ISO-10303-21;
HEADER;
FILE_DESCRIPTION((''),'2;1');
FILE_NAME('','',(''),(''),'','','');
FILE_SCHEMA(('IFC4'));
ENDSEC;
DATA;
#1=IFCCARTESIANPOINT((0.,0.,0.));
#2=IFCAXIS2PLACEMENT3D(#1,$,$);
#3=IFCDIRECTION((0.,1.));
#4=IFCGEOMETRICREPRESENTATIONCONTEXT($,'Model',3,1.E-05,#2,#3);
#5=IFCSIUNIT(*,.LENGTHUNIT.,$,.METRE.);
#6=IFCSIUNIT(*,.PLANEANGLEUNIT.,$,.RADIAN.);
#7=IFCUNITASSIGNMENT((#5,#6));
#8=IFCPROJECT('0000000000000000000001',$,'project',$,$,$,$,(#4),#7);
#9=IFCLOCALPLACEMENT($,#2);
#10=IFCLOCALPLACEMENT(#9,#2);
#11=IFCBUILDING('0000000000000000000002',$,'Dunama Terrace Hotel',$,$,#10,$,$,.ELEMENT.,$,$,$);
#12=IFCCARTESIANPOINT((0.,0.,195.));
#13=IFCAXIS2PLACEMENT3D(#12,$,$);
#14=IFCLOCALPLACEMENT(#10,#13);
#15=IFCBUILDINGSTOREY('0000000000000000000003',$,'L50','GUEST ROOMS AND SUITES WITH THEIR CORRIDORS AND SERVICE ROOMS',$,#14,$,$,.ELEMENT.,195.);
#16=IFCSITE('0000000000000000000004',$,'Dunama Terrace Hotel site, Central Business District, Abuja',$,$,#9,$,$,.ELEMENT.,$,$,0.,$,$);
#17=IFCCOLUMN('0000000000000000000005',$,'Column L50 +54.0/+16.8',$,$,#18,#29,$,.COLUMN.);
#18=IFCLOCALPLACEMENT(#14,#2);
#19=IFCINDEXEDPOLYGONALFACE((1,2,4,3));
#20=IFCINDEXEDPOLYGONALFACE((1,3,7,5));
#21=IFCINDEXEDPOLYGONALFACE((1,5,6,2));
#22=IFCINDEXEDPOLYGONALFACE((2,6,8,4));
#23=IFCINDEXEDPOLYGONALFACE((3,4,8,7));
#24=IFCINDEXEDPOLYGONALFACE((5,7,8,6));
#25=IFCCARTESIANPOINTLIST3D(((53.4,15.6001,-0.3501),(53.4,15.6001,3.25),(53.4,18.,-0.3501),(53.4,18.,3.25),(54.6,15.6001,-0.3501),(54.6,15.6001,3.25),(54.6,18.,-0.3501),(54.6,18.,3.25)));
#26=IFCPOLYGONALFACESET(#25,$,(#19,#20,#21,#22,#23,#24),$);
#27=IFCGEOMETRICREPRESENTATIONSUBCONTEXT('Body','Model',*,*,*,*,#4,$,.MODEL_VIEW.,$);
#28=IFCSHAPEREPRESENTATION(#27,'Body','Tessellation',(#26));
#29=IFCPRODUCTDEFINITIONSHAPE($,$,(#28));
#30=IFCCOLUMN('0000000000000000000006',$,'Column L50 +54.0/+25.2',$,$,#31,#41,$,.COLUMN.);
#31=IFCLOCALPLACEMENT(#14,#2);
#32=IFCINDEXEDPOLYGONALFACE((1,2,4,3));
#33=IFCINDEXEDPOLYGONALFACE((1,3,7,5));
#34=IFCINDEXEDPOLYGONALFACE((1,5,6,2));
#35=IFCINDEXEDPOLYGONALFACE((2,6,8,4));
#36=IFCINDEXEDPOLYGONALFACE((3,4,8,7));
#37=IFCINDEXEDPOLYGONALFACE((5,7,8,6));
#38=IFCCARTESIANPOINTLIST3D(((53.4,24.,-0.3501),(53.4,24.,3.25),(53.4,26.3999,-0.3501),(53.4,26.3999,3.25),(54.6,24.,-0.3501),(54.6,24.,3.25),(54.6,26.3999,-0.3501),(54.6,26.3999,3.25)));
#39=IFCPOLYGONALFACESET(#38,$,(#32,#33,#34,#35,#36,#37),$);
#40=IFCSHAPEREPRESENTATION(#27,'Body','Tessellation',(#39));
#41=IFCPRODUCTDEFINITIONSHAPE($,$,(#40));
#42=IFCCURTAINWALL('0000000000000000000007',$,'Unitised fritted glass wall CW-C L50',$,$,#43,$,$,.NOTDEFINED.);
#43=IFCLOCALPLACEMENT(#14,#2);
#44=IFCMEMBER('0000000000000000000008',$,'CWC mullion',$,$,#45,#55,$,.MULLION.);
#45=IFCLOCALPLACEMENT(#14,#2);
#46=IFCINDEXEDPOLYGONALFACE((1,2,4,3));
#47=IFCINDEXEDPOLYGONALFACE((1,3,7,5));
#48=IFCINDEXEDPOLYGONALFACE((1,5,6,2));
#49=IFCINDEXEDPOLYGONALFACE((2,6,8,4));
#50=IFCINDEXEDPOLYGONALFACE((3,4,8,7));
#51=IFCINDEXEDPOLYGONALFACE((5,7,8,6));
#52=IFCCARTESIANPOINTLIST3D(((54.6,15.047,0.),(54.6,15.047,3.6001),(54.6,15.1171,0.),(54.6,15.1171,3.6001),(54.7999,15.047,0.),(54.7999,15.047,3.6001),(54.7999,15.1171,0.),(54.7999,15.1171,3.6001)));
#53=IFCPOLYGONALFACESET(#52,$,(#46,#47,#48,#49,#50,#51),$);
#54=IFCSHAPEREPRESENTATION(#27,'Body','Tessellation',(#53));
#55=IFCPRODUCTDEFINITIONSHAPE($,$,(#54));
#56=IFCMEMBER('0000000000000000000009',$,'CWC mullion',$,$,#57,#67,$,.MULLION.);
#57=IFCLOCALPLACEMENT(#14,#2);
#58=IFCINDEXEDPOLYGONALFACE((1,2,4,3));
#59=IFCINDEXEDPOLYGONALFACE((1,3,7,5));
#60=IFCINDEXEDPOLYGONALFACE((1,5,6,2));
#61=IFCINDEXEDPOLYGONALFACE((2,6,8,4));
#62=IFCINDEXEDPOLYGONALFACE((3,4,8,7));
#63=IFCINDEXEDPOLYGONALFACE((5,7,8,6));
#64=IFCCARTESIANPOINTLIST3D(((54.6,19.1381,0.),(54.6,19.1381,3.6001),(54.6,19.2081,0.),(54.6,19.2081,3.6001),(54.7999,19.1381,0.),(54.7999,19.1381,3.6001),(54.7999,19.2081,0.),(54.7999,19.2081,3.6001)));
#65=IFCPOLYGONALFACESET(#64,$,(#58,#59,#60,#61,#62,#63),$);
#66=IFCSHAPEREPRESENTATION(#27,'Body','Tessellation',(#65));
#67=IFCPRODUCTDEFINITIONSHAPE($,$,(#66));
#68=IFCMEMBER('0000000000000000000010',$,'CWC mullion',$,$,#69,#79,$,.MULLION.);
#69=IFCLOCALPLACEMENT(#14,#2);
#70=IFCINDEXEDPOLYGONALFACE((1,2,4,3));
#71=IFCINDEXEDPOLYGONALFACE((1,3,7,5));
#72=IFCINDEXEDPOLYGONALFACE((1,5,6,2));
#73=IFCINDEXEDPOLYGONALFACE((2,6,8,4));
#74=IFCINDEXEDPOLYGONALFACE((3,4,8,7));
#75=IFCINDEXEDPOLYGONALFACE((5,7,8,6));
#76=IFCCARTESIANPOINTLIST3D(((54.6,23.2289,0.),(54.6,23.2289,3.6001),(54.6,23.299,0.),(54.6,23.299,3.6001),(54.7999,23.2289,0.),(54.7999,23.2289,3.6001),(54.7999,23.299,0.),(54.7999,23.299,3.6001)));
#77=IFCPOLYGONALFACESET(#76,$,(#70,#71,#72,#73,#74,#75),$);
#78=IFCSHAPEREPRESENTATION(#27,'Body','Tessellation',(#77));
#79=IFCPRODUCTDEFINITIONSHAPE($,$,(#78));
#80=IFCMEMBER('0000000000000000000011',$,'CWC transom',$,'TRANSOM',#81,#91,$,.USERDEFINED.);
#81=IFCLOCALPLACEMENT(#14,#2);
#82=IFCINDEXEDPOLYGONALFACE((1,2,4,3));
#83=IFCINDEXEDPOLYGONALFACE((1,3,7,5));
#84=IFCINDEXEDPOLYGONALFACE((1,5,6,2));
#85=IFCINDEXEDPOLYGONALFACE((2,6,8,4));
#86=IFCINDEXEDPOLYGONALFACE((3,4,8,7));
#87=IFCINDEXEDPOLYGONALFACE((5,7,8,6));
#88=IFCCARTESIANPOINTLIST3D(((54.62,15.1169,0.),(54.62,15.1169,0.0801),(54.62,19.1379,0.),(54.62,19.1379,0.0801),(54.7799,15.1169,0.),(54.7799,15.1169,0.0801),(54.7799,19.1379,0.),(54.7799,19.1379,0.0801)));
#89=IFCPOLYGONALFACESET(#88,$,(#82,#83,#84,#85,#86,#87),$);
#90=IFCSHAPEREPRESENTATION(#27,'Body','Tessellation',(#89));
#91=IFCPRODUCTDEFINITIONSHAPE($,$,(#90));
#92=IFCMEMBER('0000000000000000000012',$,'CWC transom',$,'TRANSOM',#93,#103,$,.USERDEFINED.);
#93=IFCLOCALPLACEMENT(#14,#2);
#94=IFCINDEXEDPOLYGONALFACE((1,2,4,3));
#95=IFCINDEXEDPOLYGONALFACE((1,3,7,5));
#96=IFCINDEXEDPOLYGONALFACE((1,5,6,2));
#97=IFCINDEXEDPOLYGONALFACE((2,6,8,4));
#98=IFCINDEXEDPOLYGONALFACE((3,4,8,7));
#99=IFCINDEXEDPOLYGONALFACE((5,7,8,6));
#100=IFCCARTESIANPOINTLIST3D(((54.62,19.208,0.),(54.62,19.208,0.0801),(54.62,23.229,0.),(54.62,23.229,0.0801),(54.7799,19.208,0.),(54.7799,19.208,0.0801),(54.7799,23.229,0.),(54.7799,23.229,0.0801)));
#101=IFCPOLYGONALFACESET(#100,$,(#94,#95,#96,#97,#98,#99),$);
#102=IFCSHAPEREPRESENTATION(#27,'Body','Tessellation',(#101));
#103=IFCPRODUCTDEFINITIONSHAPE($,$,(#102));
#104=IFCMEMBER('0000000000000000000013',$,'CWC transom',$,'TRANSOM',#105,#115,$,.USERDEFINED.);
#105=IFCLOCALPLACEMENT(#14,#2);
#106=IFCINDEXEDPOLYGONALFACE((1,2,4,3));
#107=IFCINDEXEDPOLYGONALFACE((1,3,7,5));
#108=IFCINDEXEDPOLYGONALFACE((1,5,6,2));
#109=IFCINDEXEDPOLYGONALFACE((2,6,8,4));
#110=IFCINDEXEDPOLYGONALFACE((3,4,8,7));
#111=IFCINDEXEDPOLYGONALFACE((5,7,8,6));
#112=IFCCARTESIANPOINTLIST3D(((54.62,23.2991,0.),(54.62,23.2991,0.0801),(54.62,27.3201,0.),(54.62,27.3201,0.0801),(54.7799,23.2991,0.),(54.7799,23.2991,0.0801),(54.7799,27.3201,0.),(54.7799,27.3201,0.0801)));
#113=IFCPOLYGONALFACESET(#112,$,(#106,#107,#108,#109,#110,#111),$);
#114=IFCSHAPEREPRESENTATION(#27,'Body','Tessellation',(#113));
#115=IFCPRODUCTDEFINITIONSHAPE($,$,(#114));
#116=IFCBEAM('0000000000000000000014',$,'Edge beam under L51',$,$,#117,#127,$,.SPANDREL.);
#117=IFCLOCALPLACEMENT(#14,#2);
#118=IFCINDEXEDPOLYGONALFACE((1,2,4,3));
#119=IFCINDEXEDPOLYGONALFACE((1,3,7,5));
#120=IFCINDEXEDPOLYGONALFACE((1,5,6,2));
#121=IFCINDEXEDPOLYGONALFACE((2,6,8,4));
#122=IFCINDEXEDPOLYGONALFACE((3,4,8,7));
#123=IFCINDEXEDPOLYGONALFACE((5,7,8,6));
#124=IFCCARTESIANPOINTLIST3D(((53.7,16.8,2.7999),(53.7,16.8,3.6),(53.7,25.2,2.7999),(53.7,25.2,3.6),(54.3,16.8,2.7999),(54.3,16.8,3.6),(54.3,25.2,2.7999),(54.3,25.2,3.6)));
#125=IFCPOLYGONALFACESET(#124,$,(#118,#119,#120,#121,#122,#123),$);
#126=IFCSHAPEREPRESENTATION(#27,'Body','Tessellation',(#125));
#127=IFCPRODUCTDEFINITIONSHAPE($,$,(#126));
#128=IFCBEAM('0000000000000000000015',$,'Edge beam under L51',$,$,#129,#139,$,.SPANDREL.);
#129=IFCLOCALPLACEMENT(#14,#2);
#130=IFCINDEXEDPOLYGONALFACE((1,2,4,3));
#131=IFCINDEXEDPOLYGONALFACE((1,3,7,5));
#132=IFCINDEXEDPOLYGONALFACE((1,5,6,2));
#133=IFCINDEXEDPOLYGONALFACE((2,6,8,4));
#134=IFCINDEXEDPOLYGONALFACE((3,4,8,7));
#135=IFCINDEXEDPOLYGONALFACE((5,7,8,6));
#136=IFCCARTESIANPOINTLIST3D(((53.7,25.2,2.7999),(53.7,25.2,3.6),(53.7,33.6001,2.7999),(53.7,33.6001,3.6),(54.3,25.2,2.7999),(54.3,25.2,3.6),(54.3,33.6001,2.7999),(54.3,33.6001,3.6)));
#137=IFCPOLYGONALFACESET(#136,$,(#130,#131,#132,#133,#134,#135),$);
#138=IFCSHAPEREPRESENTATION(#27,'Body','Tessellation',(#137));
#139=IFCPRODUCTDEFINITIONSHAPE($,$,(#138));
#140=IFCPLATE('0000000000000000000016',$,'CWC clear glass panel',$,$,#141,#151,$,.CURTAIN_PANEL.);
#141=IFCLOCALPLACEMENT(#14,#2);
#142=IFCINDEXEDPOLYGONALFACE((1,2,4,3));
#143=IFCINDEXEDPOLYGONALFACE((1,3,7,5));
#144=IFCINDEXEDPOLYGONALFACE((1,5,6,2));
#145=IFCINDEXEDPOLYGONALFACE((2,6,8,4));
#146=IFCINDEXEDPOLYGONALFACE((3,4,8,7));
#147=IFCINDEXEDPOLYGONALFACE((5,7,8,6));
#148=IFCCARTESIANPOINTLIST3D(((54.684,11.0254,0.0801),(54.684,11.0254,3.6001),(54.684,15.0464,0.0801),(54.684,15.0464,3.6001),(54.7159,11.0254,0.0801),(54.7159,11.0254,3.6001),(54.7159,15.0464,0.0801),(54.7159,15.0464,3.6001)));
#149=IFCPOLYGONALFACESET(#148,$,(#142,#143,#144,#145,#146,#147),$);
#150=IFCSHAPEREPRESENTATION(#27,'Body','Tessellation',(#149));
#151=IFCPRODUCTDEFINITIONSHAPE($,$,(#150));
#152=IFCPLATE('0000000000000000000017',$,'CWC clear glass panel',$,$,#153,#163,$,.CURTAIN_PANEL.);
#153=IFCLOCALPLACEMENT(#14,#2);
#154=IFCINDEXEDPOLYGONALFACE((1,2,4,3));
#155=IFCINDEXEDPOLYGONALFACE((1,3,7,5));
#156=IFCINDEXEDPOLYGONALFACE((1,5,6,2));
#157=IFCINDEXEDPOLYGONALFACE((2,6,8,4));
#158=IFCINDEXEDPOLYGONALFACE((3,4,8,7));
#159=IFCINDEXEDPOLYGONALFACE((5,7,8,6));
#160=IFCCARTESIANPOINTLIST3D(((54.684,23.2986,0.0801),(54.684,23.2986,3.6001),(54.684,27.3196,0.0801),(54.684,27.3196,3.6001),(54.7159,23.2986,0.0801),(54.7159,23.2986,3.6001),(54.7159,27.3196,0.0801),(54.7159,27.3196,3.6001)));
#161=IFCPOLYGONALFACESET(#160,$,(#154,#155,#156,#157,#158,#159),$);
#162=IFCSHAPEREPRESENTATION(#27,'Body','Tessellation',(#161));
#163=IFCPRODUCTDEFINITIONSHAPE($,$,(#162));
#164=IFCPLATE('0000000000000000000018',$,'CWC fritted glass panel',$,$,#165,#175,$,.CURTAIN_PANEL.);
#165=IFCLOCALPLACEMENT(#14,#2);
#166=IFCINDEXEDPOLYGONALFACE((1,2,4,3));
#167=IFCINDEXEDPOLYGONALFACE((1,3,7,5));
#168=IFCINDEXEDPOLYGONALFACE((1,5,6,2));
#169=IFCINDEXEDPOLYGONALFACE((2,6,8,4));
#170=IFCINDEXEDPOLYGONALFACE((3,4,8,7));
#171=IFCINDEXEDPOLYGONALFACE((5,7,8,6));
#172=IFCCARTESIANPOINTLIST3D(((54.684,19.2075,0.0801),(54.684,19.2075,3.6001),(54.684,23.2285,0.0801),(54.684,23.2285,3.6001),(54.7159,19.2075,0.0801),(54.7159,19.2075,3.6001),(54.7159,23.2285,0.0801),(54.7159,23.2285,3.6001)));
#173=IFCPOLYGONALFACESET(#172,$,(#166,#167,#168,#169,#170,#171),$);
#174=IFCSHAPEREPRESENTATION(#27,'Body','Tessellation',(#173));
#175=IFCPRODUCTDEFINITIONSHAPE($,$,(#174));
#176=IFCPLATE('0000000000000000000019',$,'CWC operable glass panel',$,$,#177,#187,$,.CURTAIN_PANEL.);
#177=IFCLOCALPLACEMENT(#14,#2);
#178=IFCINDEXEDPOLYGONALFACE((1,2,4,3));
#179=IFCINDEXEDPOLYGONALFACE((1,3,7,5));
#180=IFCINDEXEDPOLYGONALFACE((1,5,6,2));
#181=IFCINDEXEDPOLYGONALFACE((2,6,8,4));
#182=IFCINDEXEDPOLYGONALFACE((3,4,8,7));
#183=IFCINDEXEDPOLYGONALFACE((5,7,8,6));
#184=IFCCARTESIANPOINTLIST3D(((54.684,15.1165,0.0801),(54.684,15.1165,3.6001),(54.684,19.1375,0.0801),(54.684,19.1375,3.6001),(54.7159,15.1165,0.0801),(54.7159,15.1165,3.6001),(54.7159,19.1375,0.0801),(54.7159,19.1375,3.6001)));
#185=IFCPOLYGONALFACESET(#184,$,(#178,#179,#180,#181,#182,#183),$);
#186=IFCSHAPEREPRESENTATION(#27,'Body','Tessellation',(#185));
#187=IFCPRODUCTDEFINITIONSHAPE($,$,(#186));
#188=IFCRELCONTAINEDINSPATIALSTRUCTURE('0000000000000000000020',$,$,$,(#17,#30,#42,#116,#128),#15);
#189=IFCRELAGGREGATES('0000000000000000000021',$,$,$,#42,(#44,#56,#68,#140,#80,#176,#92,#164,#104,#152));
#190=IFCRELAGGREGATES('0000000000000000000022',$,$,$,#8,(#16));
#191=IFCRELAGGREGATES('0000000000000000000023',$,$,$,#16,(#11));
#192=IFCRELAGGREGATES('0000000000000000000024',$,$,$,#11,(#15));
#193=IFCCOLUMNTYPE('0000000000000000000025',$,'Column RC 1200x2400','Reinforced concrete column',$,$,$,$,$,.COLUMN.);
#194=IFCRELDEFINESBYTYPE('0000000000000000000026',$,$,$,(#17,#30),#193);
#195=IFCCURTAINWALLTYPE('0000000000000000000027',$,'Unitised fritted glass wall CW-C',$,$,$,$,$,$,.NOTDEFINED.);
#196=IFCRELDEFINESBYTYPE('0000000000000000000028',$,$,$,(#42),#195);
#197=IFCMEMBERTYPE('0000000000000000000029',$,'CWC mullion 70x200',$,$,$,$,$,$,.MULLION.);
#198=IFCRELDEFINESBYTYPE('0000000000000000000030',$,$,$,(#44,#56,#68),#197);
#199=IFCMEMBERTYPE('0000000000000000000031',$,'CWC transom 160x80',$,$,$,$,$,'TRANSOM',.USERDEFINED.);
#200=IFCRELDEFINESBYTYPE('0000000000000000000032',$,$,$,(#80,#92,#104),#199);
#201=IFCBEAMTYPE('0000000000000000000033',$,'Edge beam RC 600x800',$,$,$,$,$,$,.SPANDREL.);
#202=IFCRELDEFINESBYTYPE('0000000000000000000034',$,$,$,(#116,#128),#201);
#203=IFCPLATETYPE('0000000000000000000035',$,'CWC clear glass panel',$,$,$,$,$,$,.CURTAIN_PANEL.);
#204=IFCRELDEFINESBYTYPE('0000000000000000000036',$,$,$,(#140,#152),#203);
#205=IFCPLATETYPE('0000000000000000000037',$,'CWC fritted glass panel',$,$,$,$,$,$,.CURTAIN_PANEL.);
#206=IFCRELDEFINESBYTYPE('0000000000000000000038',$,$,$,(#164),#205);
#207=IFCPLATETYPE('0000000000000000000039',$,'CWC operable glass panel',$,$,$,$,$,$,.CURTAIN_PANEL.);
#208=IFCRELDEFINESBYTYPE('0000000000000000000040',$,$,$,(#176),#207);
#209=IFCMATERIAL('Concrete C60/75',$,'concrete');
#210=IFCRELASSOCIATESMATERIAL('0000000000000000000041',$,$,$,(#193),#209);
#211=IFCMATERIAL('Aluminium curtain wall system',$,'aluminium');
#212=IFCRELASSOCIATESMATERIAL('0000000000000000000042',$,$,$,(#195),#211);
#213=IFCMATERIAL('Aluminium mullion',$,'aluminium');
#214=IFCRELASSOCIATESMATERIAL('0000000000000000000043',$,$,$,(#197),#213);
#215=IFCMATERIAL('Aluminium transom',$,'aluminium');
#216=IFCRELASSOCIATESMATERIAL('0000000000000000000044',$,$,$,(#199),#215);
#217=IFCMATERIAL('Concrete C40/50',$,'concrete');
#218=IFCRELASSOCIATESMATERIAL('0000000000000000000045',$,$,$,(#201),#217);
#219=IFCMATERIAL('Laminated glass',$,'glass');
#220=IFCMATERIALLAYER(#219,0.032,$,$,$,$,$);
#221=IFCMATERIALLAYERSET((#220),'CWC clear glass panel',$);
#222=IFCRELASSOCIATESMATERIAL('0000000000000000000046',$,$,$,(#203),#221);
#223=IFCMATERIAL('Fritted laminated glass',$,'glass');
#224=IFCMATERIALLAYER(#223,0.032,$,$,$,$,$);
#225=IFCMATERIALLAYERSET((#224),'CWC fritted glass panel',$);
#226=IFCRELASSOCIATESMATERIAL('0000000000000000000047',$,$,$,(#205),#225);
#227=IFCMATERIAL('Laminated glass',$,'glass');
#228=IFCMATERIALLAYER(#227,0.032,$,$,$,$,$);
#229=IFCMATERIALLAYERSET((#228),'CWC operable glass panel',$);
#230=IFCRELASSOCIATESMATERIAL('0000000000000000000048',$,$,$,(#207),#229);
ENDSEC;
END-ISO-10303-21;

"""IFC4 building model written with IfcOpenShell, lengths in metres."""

from ifc_helpers import new_model, si_unit, direction, frame, origin, origin_2d, place, context, subcontext, project, spatial, rectangle, extrude, material, layer, layer_set, material_profile, profile_set, type_object, element, aggregate, save


model = new_model("IFC4")

# Units and contexts
model_context = context("Model", 3, precision=1e-05, world=origin(), true_north=direction((0.0, 1.0)))
body_context = subcontext(model_context, "Body", "Model", "MODEL_VIEW")
ifc_project = project(units=[si_unit("LENGTHUNIT", "METRE"), si_unit("PLANEANGLEUNIT", "RADIAN")], contexts=[model_context])

# Site, building, storey
site_placement = place(None, origin())
site = spatial("IfcSite", under=ifc_project, at=site_placement, Name="Dunama Terrace Hotel site, Central Business District, Abuja", CompositionType="ELEMENT", RefElevation=0.0)
building_placement = place(site_placement, origin())
building = spatial("IfcBuilding", under=site, at=building_placement, Name="Dunama Terrace Hotel", CompositionType="ELEMENT")
storey_placement = place(building_placement, frame((0.0, 0.0, 195.0)))
storey = spatial("IfcBuildingStorey", under=building, at=storey_placement, Name="L50", Description="GUEST ROOMS AND SUITES WITH THEIR CORRIDORS AND SERVICE ROOMS", CompositionType="ELEMENT", Elevation=195.0)

# Columns
ifc_material_1 = material(Name="Concrete C60/75", Category="concrete")
ifc_material_profile_1 = material_profile(ifc_material_1, rectangle(XDim=1.2, YDim=2.3999, at=origin_2d()), Name="RC 1200x2400")
ifc_profile_set_1 = profile_set([ifc_material_profile_1], Name="Concrete C60/75")
column_type = type_object("IfcColumnType", Name="Column RC 1200x2400", Description="Reinforced concrete column", PredefinedType="COLUMN", material=ifc_profile_set_1)
for number, where, z_axis, x_axis, name in (
    (1, (54.0, 16.8, -0.3501), (0.0, 0.0, 1.0), (1.0, 0.0, 0.0), "Column L50 +54.0/+16.8"),
    (2, (54.0, 25.2, -0.3501), (0.0, 0.0, 1.0), (1.0, 0.0, 0.0), "Column L50 +54.0/+25.2"),
):
    element("IfcColumn", number, at=place(storey_placement, frame(where, z_axis=z_axis, x_axis=x_axis)), inside=storey, type_object=column_type, Name=name, PredefinedType="COLUMN", context=body_context, shape_type="SweptSolid", body=[
        extrude(rectangle(XDim=1.2, YDim=2.3999, at=origin_2d()), origin(), (0.0, 0.0, 1.0), 3.6001),
    ])

# Curtain wall, members
ifc_material_2 = material(Name="Aluminium curtain wall system", Category="aluminium")
curtain_wall_type = type_object("IfcCurtainWallType", Name="Unitised fritted glass wall CW-C", PredefinedType="NOTDEFINED", material=ifc_material_2)
curtain_wall_placement = place(storey_placement, origin())
curtain_wall = element("IfcCurtainWall", 3, at=curtain_wall_placement, inside=storey, type_object=curtain_wall_type, Name="Unitised fritted glass wall CW-C L50", PredefinedType="NOTDEFINED")
ifc_material_3 = material(Name="Aluminium mullion", Category="aluminium")
ifc_material_profile_2 = material_profile(ifc_material_3, rectangle(XDim=0.0701, YDim=0.2, at=origin_2d()), Name="CWC MULLION 70X200")
ifc_profile_set_2 = profile_set([ifc_material_profile_2], Name="Aluminium mullion")
member_type_1 = type_object("IfcMemberType", Name="CWC mullion 70x200", PredefinedType="MULLION", material=ifc_profile_set_2)
member_1_placement = place(storey_placement, frame((54.7, 15.082, 0.0), z_axis=(0.0, 0.0, 1.0), x_axis=(0.0, 1.0, 0.0)))
member_1 = element("IfcMember", 4, at=member_1_placement, type_object=member_type_1, Name="CWC mullion", PredefinedType="MULLION", context=body_context, shape_type="SweptSolid", body=[
    extrude(rectangle(XDim=0.0701, YDim=0.2, at=origin_2d()), origin(), (0.0, 0.0, 1.0), 3.6001),
])
member_2_placement = place(storey_placement, frame((54.7, 19.1731, 0.0), z_axis=(0.0, 0.0, 1.0), x_axis=(0.0, 1.0, 0.0)))
member_2 = element("IfcMember", 5, at=member_2_placement, type_object=member_type_1, Name="CWC mullion", PredefinedType="MULLION", context=body_context, shape_type="SweptSolid", body=[
    extrude(rectangle(XDim=0.0701, YDim=0.2, at=origin_2d()), origin(), (0.0, 0.0, 1.0), 3.6001),
])
member_3_placement = place(storey_placement, frame((54.7, 23.2639, 0.0), z_axis=(0.0, 0.0, 1.0), x_axis=(0.0, 1.0, 0.0)))
member_3 = element("IfcMember", 6, at=member_3_placement, type_object=member_type_1, Name="CWC mullion", PredefinedType="MULLION", context=body_context, shape_type="SweptSolid", body=[
    extrude(rectangle(XDim=0.0701, YDim=0.2, at=origin_2d()), origin(), (0.0, 0.0, 1.0), 3.6001),
])
ifc_material_4 = material(Name="Aluminium transom", Category="aluminium")
ifc_material_profile_3 = material_profile(ifc_material_4, rectangle(XDim=0.1599, YDim=0.0801, at=origin_2d()), Name="CWC TRANSOM 160X80")
ifc_profile_set_3 = profile_set([ifc_material_profile_3], Name="Aluminium transom")
member_type_2 = type_object("IfcMemberType", Name="CWC transom 160x80", ElementType="TRANSOM", PredefinedType="USERDEFINED", material=ifc_profile_set_3)
member_4_placement = place(storey_placement, frame((54.7, 15.1169, 0.04), z_axis=(0.0, 1.0, 0.0), x_axis=(-1.0, 0.0, 0.0)))
member_4 = element("IfcMember", 7, at=member_4_placement, type_object=member_type_2, Name="CWC transom", ObjectType="TRANSOM", PredefinedType="USERDEFINED", context=body_context, shape_type="SweptSolid", body=[
    extrude(rectangle(XDim=0.1599, YDim=0.0801, at=origin_2d()), origin(), (0.0, 0.0, 1.0), 4.021),
])
member_5_placement = place(storey_placement, frame((54.7, 19.208, 0.04), z_axis=(0.0, 1.0, 0.0), x_axis=(-1.0, 0.0, 0.0)))
member_5 = element("IfcMember", 8, at=member_5_placement, type_object=member_type_2, Name="CWC transom", ObjectType="TRANSOM", PredefinedType="USERDEFINED", context=body_context, shape_type="SweptSolid", body=[
    extrude(rectangle(XDim=0.1599, YDim=0.0801, at=origin_2d()), origin(), (0.0, 0.0, 1.0), 4.021),
])
member_6_placement = place(storey_placement, frame((54.7, 23.2991, 0.04), z_axis=(0.0, 1.0, 0.0), x_axis=(-1.0, 0.0, 0.0)))
member_6 = element("IfcMember", 9, at=member_6_placement, type_object=member_type_2, Name="CWC transom", ObjectType="TRANSOM", PredefinedType="USERDEFINED", context=body_context, shape_type="SweptSolid", body=[
    extrude(rectangle(XDim=0.1599, YDim=0.0801, at=origin_2d()), origin(), (0.0, 0.0, 1.0), 4.021),
])

# Beams
ifc_material_5 = material(Name="Concrete C40/50", Category="concrete")
ifc_material_profile_4 = material_profile(ifc_material_5, rectangle(XDim=0.6001, YDim=0.8, at=origin_2d()), Name="RC 600x800")
ifc_profile_set_4 = profile_set([ifc_material_profile_4], Name="Concrete C40/50")
beam_type = type_object("IfcBeamType", Name="Edge beam RC 600x800", PredefinedType="SPANDREL", material=ifc_profile_set_4)
beam_1_placement = place(storey_placement, frame((54.0, 16.8, 3.2), z_axis=(0.0, 1.0, 0.0), x_axis=(-1.0, 0.0, 0.0)))
element("IfcBeam", 10, at=beam_1_placement, inside=storey, type_object=beam_type, Name="Edge beam under L51", PredefinedType="SPANDREL", context=body_context, shape_type="SweptSolid", body=[
    extrude(rectangle(XDim=0.6001, YDim=0.8, at=origin_2d()), origin(), (0.0, 0.0, 1.0), 8.3999),
])
beam_2_placement = place(storey_placement, frame((54.0, 25.2, 3.2), z_axis=(0.0, 1.0, 0.0), x_axis=(-1.0, 0.0, 0.0)))
element("IfcBeam", 11, at=beam_2_placement, inside=storey, type_object=beam_type, Name="Edge beam under L51", PredefinedType="SPANDREL", context=body_context, shape_type="SweptSolid", body=[
    extrude(rectangle(XDim=0.6001, YDim=0.8, at=origin_2d()), origin(), (0.0, 0.0, 1.0), 8.4001),
])

# Plates
ifc_material_6 = material(Name="Laminated glass", Category="glass")
ifc_layer_1 = layer(ifc_material_6, 0.032)
ifc_layer_set_1 = layer_set([ifc_layer_1], Name="CWC clear glass panel")
plate_type_1 = type_object("IfcPlateType", Name="CWC clear glass panel", PredefinedType="CURTAIN_PANEL", material=ifc_layer_set_1)
plate_1_placement = place(storey_placement, frame((54.7, 13.0359, 0.0801), z_axis=(0.0, 0.0, 1.0), x_axis=(0.0, 1.0, 0.0)))
plate_1 = element("IfcPlate", 12, at=plate_1_placement, type_object=plate_type_1, Name="CWC clear glass panel", PredefinedType="CURTAIN_PANEL", context=body_context, shape_type="SweptSolid", body=[
    extrude(rectangle(XDim=4.021, YDim=0.032, at=origin_2d()), origin(), (0.0, 0.0, 1.0), 3.52),
])
plate_2_placement = place(storey_placement, frame((54.7, 25.3091, 0.0801), z_axis=(0.0, 0.0, 1.0), x_axis=(0.0, 1.0, 0.0)))
plate_2 = element("IfcPlate", 13, at=plate_2_placement, type_object=plate_type_1, Name="CWC clear glass panel", PredefinedType="CURTAIN_PANEL", context=body_context, shape_type="SweptSolid", body=[
    extrude(rectangle(XDim=4.021, YDim=0.032, at=origin_2d()), origin(), (0.0, 0.0, 1.0), 3.52),
])
ifc_material_7 = material(Name="Fritted laminated glass", Category="glass")
ifc_layer_2 = layer(ifc_material_7, 0.032)
ifc_layer_set_2 = layer_set([ifc_layer_2], Name="CWC fritted glass panel")
plate_type_2 = type_object("IfcPlateType", Name="CWC fritted glass panel", PredefinedType="CURTAIN_PANEL", material=ifc_layer_set_2)
plate_3_placement = place(storey_placement, frame((54.7, 21.218, 0.0801), z_axis=(0.0, 0.0, 1.0), x_axis=(0.0, 1.0, 0.0)))
plate_3 = element("IfcPlate", 14, at=plate_3_placement, type_object=plate_type_2, Name="CWC fritted glass panel", PredefinedType="CURTAIN_PANEL", context=body_context, shape_type="SweptSolid", body=[
    extrude(rectangle(XDim=4.021, YDim=0.032, at=origin_2d()), origin(), (0.0, 0.0, 1.0), 3.52),
])
ifc_material_8 = material(Name="Laminated glass", Category="glass")
ifc_layer_3 = layer(ifc_material_8, 0.032)
ifc_layer_set_3 = layer_set([ifc_layer_3], Name="CWC operable glass panel")
plate_type_3 = type_object("IfcPlateType", Name="CWC operable glass panel", PredefinedType="CURTAIN_PANEL", material=ifc_layer_set_3)
plate_4_placement = place(storey_placement, frame((54.7, 17.127, 0.0801), z_axis=(0.0, 0.0, 1.0), x_axis=(0.0, 1.0, 0.0)))
plate_4 = element("IfcPlate", 15, at=plate_4_placement, type_object=plate_type_3, Name="CWC operable glass panel", PredefinedType="CURTAIN_PANEL", context=body_context, shape_type="SweptSolid", body=[
    extrude(rectangle(XDim=4.021, YDim=0.032, at=origin_2d()), origin(), (0.0, 0.0, 1.0), 3.52),
])
aggregate(curtain_wall, [member_1, member_2, member_3, plate_1, member_4, plate_4, member_5, plate_3, member_6, plate_2])

save(model, "model.ifc")
